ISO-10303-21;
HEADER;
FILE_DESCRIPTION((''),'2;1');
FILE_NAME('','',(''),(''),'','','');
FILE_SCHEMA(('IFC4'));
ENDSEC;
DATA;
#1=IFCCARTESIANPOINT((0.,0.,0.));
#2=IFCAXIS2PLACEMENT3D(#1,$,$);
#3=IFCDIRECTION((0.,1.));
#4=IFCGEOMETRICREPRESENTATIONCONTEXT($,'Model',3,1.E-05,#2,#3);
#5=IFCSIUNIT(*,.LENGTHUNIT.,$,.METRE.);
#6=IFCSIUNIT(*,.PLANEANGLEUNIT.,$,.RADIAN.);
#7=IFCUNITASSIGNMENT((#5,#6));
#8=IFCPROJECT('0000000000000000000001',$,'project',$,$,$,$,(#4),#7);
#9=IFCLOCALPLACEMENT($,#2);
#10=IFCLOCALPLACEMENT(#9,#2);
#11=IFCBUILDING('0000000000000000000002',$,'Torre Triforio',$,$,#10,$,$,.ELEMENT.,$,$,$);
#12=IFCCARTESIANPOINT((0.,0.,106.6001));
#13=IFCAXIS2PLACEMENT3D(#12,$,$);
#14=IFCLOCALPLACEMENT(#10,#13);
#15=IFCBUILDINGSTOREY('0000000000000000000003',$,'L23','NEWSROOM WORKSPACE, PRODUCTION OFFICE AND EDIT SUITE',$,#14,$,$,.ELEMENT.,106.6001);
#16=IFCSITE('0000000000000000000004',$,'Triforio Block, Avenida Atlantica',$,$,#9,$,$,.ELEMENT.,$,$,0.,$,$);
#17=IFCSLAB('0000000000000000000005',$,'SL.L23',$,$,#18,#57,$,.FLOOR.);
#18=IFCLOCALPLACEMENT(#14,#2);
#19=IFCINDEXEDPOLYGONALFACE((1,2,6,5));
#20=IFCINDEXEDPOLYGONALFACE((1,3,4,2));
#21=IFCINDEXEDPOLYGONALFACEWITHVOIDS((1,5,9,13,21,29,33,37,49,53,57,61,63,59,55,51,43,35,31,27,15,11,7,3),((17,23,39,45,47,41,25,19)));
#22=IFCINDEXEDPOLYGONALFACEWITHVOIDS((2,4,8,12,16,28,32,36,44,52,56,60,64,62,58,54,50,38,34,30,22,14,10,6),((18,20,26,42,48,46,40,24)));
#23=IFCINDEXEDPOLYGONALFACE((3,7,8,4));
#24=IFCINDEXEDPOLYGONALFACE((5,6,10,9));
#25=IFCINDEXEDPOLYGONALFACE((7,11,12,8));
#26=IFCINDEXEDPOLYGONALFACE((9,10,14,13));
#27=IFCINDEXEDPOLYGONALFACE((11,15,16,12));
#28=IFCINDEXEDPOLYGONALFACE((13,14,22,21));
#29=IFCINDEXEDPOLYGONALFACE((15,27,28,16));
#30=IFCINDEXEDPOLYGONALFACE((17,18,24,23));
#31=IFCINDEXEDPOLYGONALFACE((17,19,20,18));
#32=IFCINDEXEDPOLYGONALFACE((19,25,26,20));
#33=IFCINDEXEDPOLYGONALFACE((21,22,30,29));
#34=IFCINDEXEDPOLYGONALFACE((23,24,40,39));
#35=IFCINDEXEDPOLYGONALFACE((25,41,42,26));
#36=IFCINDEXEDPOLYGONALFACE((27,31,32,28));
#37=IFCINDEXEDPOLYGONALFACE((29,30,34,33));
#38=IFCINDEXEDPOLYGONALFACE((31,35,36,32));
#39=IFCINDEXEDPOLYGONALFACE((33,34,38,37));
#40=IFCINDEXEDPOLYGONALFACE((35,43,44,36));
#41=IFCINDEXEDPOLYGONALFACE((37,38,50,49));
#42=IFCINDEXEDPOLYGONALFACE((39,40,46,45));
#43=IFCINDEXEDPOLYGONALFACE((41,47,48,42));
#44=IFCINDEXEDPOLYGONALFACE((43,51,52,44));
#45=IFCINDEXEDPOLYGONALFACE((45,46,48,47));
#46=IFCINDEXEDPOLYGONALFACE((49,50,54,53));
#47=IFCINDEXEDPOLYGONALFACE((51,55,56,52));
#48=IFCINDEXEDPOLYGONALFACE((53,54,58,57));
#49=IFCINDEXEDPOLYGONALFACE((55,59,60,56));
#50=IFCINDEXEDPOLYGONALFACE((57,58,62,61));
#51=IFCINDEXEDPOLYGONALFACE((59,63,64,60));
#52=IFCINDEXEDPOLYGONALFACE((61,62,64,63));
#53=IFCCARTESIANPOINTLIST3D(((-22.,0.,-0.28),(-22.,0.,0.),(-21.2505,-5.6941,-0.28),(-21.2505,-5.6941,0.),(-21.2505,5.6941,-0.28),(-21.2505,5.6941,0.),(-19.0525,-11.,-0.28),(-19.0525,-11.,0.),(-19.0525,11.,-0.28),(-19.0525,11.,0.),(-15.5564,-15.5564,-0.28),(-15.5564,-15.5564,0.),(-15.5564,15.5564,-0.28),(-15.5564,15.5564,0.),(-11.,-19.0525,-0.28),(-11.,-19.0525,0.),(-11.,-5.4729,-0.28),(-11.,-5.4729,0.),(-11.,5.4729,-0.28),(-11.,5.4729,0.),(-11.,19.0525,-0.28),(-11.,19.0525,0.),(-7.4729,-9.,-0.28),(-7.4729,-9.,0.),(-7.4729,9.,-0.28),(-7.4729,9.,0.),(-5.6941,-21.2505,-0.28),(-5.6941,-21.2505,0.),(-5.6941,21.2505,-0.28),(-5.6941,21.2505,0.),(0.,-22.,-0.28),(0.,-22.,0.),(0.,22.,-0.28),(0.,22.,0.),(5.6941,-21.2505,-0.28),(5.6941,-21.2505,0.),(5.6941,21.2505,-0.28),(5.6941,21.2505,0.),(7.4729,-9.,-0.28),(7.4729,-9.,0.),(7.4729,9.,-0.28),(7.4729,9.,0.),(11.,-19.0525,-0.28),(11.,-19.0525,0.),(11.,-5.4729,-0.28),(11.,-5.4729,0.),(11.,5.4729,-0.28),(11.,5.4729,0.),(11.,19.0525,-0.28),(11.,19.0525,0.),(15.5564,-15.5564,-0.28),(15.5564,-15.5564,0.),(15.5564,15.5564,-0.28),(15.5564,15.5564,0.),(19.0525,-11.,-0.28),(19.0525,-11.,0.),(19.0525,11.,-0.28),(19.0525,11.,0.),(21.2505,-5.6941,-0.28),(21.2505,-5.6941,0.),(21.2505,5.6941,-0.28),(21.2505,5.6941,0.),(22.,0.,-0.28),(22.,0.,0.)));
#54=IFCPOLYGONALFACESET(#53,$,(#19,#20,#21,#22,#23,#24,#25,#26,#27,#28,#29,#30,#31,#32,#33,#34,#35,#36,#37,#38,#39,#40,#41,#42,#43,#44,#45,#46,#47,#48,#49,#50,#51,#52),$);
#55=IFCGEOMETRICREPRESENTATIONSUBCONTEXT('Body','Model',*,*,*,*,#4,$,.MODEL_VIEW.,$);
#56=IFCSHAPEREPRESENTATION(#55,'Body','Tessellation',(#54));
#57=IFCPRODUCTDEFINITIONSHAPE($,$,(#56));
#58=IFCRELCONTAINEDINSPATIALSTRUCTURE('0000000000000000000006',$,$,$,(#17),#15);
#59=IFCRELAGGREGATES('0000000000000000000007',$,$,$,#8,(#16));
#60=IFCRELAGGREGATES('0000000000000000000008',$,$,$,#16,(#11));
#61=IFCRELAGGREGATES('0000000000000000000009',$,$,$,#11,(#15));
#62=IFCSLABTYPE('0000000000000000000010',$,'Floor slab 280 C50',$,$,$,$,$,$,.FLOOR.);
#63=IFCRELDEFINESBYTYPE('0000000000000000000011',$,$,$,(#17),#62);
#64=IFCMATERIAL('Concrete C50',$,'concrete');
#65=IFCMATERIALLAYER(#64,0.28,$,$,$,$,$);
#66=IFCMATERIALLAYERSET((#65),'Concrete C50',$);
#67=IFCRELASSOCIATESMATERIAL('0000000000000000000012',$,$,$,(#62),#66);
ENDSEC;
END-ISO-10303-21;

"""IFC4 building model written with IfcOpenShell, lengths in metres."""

from ifc_helpers import new_model, si_unit, direction, frame, origin, place, context, subcontext, project, spatial, polyline, outline, extrude, material, layer, layer_set, type_object, element, save


model = new_model("IFC4")

# Units and contexts
model_context = context("Model", 3, precision=1e-05, world=origin(), true_north=direction((0.0, 1.0)))
body_context = subcontext(model_context, "Body", "Model", "MODEL_VIEW")
ifc_project = project(units=[si_unit("LENGTHUNIT", "METRE"), si_unit("PLANEANGLEUNIT", "RADIAN")], contexts=[model_context])

# Site, building, storey
site_placement = place(None, origin())
site = spatial("IfcSite", under=ifc_project, at=site_placement, Name="Triforio Block, Avenida Atlantica", CompositionType="ELEMENT", RefElevation=0.0)
building_placement = place(site_placement, origin())
building = spatial("IfcBuilding", under=site, at=building_placement, Name="Torre Triforio", CompositionType="ELEMENT")
storey_placement = place(building_placement, frame((0.0, 0.0, 106.6001)))
storey = spatial("IfcBuildingStorey", under=building, at=storey_placement, Name="L23", Description="NEWSROOM WORKSPACE, PRODUCTION OFFICE AND EDIT SUITE", CompositionType="ELEMENT", Elevation=106.6001)

# Slab
ifc_material_1 = material(Name="Concrete C50", Category="concrete")
ifc_layer_1 = layer(ifc_material_1, 0.28)
ifc_layer_set_1 = layer_set([ifc_layer_1], Name="Concrete C50")
slab_type_1 = type_object("IfcSlabType", Name="Floor slab 280 C50", PredefinedType="FLOOR", material=ifc_layer_set_1)
slab_1_placement = place(storey_placement, frame((0.0, 0.0, -0.28)))
element("IfcSlab", 1, at=slab_1_placement, inside=storey, type_object=slab_type_1, Name="SL.L23", PredefinedType="FLOOR", context=body_context, shape_type="SweptSolid", body=[
    extrude(outline(polyline([(19.0525, -11.0), (21.2505, -5.6941), (22.0, 0.0), (21.2505, 5.6941), (19.0525, 11.0), (15.5564, 15.5564), (11.0, 19.0525), (5.6941, 21.2505), (0.0, 22.0), (-5.6941, 21.2505), (-11.0, 19.0525), (-15.5564, 15.5564), (-19.0525, 11.0), (-21.2505, 5.6941), (-22.0, 0.0), (-21.2505, -5.6941), (-19.0525, -11.0), (-15.5564, -15.5564), (-11.0, -19.0525), (-5.6941, -21.2505), (0.0, -22.0), (5.6941, -21.2505), (11.0, -19.0525), (15.5564, -15.5564), (19.0525, -11.0)]), holes=[polyline([(11.0, 5.4729), (11.0, -5.4729), (7.4729, -9.0), (-7.4729, -9.0), (-11.0, -5.4729), (-11.0, 5.4729), (-7.4729, 9.0), (7.4729, 9.0), (11.0, 5.4729)])]), origin(), (0.0, 0.0, 1.0), 0.28),
])

save(model, "model.ifc")
